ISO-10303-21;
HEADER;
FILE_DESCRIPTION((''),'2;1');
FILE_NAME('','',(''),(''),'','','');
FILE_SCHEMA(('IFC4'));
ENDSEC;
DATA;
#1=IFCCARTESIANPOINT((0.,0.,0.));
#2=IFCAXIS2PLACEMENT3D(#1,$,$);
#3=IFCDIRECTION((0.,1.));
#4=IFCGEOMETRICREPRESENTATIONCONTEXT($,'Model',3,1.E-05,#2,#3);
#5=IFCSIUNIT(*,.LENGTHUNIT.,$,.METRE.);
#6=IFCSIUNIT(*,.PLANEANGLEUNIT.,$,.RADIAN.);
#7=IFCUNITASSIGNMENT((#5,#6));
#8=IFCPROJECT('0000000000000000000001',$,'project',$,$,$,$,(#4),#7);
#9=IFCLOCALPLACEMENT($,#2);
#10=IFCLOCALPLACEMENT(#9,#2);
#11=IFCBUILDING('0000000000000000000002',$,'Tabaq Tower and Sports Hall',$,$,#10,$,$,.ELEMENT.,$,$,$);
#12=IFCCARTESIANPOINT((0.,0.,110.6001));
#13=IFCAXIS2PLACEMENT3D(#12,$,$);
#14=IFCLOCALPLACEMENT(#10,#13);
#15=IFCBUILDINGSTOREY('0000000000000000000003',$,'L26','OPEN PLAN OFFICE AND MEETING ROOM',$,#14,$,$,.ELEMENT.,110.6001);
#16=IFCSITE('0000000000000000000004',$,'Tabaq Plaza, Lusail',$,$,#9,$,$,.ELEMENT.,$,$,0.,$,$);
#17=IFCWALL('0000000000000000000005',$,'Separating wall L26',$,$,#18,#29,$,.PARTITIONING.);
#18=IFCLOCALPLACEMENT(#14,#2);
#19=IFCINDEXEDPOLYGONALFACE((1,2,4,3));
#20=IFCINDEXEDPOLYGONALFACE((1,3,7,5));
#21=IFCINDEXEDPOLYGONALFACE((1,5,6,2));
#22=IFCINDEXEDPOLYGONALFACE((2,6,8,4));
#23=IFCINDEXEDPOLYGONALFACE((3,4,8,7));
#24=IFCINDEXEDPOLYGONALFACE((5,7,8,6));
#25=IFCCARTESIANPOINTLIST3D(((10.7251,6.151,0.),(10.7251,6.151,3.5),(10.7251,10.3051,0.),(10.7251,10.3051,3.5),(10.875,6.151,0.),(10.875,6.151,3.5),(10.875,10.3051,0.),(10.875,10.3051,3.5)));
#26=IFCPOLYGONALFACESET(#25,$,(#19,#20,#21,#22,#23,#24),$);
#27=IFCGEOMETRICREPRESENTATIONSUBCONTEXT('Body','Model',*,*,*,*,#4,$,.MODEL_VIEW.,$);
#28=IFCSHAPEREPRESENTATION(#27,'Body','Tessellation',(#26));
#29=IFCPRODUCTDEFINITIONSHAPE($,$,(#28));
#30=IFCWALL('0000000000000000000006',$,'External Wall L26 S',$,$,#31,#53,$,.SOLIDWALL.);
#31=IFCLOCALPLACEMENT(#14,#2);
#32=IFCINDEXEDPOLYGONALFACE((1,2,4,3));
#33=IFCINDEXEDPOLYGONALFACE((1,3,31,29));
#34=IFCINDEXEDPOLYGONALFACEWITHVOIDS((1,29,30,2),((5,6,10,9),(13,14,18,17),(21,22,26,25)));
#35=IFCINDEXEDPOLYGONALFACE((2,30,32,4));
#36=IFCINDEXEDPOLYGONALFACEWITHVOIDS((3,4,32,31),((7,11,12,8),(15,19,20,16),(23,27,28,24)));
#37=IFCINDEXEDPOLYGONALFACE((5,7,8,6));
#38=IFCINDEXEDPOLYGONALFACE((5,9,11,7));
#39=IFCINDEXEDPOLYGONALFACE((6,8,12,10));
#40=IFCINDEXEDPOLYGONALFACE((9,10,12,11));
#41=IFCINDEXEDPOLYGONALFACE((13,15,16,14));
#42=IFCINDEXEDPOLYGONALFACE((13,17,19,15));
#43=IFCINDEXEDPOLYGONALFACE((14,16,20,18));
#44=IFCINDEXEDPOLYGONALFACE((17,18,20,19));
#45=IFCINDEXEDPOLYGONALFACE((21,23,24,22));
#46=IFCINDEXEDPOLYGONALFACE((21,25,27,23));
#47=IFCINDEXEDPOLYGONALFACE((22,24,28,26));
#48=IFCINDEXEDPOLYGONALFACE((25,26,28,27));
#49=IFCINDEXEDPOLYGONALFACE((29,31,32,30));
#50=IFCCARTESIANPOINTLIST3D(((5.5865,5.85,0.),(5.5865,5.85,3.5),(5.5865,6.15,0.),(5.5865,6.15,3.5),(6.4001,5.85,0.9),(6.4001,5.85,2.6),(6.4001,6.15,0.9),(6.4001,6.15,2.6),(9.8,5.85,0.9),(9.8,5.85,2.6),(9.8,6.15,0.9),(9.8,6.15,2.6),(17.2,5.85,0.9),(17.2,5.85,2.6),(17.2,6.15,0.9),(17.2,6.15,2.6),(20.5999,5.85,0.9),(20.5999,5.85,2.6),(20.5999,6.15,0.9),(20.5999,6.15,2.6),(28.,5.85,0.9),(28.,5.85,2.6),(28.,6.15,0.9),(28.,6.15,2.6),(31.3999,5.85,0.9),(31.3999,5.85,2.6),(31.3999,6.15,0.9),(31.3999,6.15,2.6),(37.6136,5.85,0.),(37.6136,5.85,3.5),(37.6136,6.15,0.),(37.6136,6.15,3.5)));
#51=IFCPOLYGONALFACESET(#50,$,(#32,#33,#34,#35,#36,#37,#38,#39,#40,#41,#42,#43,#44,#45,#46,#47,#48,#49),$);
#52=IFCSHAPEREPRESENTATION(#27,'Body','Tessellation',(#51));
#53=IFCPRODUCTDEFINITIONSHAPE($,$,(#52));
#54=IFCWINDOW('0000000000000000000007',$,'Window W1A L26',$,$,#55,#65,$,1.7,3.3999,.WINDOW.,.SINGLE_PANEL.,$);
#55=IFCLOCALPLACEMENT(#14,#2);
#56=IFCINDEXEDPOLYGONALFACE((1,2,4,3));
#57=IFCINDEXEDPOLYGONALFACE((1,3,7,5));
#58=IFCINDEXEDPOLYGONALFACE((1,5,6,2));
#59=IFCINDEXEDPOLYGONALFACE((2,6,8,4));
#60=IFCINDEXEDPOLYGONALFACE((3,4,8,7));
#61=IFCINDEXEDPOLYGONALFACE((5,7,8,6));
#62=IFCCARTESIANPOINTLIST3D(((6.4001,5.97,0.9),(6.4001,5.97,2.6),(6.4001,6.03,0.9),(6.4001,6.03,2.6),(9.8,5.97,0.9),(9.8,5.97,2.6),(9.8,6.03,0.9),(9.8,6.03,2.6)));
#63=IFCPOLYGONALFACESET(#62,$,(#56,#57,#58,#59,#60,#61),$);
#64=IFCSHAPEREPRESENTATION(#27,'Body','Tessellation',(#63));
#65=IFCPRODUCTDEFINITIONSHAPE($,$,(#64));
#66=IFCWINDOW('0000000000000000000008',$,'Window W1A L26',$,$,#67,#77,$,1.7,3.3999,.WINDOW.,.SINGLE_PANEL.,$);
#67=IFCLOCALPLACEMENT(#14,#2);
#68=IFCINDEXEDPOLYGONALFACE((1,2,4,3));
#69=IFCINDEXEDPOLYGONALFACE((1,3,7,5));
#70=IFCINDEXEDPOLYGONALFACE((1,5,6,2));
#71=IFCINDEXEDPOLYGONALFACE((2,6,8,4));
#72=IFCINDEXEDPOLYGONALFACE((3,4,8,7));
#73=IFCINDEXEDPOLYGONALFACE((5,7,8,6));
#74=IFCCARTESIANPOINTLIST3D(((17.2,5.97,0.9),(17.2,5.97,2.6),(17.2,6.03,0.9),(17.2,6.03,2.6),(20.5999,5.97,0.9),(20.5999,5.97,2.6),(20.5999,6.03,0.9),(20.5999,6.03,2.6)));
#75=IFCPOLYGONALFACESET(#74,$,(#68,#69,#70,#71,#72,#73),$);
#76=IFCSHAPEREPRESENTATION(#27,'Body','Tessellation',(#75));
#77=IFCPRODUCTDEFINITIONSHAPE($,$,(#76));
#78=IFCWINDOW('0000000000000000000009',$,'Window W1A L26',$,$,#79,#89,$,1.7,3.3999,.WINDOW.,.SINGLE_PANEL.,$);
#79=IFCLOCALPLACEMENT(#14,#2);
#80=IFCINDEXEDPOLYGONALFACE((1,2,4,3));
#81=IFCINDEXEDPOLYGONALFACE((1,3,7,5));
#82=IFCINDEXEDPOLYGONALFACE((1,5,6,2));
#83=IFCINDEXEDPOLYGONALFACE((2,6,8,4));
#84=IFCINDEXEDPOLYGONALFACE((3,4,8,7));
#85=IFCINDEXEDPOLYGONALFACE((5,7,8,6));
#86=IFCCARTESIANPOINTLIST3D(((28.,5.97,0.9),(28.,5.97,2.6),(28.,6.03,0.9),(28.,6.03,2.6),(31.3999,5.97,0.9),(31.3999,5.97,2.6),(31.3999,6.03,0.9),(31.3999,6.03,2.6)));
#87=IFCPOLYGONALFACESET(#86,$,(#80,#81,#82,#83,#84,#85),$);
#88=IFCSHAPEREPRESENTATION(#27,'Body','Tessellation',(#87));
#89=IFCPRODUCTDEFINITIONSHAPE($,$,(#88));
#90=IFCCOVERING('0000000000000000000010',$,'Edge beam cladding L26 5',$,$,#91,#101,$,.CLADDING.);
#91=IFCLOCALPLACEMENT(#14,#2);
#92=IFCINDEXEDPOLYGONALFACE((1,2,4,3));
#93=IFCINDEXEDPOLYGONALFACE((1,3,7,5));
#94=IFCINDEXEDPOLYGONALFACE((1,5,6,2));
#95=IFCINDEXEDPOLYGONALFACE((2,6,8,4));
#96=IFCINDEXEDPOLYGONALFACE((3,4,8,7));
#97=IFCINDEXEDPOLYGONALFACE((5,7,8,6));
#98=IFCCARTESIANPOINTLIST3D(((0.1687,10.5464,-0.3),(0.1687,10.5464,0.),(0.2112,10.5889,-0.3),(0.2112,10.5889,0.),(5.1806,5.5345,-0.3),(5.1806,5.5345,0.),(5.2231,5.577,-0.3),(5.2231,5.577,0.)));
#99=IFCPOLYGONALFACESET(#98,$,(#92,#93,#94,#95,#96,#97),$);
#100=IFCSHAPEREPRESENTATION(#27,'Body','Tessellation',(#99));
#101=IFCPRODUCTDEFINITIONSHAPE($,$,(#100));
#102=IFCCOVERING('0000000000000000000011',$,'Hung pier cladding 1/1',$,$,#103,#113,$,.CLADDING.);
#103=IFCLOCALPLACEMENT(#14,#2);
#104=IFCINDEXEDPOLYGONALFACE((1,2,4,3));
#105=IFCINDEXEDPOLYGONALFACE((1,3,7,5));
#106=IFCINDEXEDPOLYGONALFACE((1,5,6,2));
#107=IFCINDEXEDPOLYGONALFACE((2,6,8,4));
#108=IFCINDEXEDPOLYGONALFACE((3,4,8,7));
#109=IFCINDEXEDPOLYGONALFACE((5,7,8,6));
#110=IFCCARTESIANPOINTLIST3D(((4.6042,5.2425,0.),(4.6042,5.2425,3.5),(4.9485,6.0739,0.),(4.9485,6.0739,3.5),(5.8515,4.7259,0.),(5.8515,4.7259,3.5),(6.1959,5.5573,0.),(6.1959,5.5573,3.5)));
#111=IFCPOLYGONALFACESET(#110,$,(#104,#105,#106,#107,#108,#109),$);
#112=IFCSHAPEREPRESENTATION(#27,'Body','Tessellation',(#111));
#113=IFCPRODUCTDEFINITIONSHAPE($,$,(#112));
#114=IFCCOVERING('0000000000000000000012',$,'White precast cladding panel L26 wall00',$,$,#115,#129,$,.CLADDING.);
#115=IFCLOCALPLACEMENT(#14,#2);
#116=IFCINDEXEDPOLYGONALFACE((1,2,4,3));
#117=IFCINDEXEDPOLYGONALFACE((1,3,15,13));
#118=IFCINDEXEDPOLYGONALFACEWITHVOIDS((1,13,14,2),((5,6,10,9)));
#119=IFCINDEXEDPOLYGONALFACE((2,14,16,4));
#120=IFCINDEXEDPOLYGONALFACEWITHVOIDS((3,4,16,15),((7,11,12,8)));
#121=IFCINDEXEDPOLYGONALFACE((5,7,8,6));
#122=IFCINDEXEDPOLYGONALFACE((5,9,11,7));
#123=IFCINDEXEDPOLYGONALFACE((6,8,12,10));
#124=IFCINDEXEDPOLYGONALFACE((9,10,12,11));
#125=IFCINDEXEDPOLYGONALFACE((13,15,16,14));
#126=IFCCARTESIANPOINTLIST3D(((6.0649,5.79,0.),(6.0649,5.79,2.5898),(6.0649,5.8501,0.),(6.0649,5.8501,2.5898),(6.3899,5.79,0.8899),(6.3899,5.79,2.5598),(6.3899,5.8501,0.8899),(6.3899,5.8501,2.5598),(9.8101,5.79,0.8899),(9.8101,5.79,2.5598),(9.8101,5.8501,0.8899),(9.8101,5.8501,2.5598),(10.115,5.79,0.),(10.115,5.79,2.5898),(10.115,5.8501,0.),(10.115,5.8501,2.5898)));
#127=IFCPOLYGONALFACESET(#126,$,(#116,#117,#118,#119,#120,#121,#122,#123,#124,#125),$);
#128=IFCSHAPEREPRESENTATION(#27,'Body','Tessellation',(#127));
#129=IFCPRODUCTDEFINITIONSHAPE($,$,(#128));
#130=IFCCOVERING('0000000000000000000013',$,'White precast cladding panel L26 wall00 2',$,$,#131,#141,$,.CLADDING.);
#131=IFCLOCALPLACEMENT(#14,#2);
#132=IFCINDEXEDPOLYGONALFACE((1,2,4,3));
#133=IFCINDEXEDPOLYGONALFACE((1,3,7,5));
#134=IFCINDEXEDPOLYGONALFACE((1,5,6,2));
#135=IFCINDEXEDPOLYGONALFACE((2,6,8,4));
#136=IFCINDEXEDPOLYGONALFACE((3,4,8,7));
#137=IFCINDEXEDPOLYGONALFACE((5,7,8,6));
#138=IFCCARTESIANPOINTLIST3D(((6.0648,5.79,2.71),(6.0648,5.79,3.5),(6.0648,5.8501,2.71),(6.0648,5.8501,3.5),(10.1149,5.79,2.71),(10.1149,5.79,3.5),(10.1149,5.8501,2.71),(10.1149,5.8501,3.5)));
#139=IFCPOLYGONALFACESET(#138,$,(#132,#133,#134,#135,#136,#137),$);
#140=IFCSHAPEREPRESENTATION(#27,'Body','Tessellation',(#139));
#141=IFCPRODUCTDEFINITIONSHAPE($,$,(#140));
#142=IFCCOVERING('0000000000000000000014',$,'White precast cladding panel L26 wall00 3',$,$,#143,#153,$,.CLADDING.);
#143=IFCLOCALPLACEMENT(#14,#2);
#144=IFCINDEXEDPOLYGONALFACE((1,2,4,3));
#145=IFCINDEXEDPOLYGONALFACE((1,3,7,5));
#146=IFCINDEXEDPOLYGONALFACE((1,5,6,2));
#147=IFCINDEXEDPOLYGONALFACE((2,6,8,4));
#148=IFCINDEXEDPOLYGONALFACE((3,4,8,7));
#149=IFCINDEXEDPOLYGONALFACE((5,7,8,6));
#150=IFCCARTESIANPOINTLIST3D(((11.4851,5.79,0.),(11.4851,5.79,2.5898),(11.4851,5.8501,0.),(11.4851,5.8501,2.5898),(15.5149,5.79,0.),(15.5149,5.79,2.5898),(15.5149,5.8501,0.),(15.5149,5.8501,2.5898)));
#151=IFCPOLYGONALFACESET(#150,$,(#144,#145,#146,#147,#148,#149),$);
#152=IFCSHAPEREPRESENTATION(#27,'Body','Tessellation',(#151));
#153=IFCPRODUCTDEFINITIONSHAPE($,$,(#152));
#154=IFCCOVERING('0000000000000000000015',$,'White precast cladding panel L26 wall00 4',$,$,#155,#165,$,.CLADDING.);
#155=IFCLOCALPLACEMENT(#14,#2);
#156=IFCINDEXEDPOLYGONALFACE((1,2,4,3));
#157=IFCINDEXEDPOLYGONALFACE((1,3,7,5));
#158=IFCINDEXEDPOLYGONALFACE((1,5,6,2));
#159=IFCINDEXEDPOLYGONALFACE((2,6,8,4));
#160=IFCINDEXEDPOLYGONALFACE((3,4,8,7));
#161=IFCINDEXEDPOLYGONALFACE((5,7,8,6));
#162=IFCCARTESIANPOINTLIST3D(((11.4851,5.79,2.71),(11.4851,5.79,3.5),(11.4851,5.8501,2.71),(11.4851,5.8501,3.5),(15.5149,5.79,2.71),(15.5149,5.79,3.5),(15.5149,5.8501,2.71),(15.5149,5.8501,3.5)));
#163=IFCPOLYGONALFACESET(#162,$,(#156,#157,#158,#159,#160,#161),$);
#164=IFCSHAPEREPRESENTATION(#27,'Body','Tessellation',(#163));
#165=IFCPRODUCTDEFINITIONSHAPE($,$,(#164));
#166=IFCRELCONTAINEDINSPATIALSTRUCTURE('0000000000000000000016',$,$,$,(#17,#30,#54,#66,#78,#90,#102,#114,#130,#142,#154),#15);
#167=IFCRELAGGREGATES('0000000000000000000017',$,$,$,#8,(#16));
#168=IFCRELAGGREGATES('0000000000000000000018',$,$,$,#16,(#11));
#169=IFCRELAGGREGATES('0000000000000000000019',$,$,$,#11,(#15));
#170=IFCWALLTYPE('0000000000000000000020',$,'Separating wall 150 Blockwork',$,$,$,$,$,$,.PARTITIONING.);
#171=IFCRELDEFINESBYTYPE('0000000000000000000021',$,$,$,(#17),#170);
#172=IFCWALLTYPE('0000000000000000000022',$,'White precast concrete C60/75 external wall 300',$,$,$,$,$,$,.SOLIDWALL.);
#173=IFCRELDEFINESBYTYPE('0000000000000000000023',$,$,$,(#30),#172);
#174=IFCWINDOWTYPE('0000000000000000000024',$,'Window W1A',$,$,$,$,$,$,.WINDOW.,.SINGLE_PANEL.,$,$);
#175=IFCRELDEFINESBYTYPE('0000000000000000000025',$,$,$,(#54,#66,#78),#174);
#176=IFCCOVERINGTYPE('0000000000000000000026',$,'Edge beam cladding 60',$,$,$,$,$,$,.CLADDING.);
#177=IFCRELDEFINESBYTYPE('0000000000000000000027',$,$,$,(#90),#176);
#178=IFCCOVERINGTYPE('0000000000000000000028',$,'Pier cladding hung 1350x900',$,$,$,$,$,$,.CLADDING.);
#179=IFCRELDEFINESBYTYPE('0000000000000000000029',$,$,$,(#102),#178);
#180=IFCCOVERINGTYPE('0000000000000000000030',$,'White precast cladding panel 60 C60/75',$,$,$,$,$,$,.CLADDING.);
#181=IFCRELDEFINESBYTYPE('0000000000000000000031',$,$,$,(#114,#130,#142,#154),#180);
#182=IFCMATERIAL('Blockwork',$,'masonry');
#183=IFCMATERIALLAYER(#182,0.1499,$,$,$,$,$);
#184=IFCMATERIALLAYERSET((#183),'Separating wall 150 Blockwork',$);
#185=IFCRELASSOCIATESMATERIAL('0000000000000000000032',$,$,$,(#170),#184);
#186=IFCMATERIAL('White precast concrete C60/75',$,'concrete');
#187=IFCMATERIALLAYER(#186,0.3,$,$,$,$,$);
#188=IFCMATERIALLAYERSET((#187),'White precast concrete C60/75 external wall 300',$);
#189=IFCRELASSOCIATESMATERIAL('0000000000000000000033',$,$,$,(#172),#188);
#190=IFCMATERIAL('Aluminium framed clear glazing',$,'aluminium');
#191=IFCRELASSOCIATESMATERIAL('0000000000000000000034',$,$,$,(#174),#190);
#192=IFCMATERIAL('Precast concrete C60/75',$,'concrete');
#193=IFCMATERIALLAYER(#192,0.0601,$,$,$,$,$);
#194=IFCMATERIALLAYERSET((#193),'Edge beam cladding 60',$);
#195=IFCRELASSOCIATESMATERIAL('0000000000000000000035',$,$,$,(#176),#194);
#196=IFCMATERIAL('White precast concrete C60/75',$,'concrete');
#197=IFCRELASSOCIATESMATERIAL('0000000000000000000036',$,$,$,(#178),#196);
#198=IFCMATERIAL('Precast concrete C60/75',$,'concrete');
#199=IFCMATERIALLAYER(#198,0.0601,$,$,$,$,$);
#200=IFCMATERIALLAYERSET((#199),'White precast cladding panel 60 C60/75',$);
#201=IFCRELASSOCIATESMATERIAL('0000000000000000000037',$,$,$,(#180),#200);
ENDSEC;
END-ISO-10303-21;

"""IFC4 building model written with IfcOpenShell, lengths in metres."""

from ifc_helpers import new_model, si_unit, direction, frame, frame_2d, origin, place, context, subcontext, project, spatial, polyline, rectangle, outline, extrude, material, layer, layer_set, type_object, element, fill, save


model = new_model("IFC4")

# Units and contexts
model_context = context("Model", 3, precision=1e-05, world=origin(), true_north=direction((0.0, 1.0)))
body_context = subcontext(model_context, "Body", "Model", "MODEL_VIEW")
ifc_project = project(units=[si_unit("LENGTHUNIT", "METRE"), si_unit("PLANEANGLEUNIT", "RADIAN")], contexts=[model_context])

# Site, building, storey
site_placement = place(None, origin())
site = spatial("IfcSite", under=ifc_project, at=site_placement, Name="Tabaq Plaza, Lusail", CompositionType="ELEMENT", RefElevation=0.0)
building_placement = place(site_placement, origin())
building = spatial("IfcBuilding", under=site, at=building_placement, Name="Tabaq Tower and Sports Hall", CompositionType="ELEMENT")
storey_placement = place(building_placement, frame((0.0, 0.0, 110.6001)))
storey = spatial("IfcBuildingStorey", under=building, at=storey_placement, Name="L26", Description="OPEN PLAN OFFICE AND MEETING ROOM", CompositionType="ELEMENT", Elevation=110.6001)

# Wall
ifc_material_1 = material(Name="Blockwork", Category="masonry")
ifc_layer_1 = layer(ifc_material_1, 0.1499)
ifc_layer_set_1 = layer_set([ifc_layer_1], Name="Separating wall 150 Blockwork")
wall_type_1 = type_object("IfcWallType", Name="Separating wall 150 Blockwork", PredefinedType="PARTITIONING", material=ifc_layer_set_1)
wall_1_placement = place(storey_placement, frame((10.8, 6.1509, 0.0), z_axis=(0.0, 0.0, 1.0), x_axis=(0.0, 1.0, 0.0)))
element("IfcWall", 1, at=wall_1_placement, inside=storey, type_object=wall_type_1, Name="Separating wall L26", PredefinedType="PARTITIONING", context=body_context, shape_type="SweptSolid", body=[
    extrude(rectangle(XDim=4.1541, YDim=0.1499, at=frame_2d((2.0771, 0.0))), origin(), (0.0, 0.0, 1.0), 3.5),
])

# Wall, openings, windows
ifc_material_2 = material(Name="White precast concrete C60/75", Category="concrete")
ifc_layer_2 = layer(ifc_material_2, 0.3)
ifc_layer_set_2 = layer_set([ifc_layer_2], Name="White precast concrete C60/75 external wall 300")
wall_type_2 = type_object("IfcWallType", Name="White precast concrete C60/75 external wall 300", PredefinedType="SOLIDWALL", material=ifc_layer_set_2)
wall_2_placement = place(storey_placement, frame((5.5864, 6.0, 0.0), z_axis=(0.0, 0.0, 1.0), x_axis=(1.0, 0.0, 0.0)))
wall_2 = element("IfcWall", 2, at=wall_2_placement, inside=storey, type_object=wall_type_2, Name="External Wall L26 S", PredefinedType="SOLIDWALL", context=body_context, shape_type="SweptSolid", body=[
    extrude(rectangle(XDim=32.0271, YDim=0.3, at=frame_2d((16.0137, 0.0))), origin(), (0.0, 0.0, 1.0), 3.5),
])
opening_1_placement = place(wall_2_placement, frame((0.8137, 0.0, 0.8999)))
opening_1 = element("IfcOpeningElement", 3, at=opening_1_placement, cuts=wall_2, PredefinedType="OPENING", context=body_context, shape_type="SweptSolid", body=[
    extrude(rectangle(XDim=3.3999, YDim=1.7, at=frame_2d((1.7, 0.8501))), frame((0.0, 0.1602, 0.0), z_axis=(0.0, -1.0, 0.0), x_axis=(1.0, 0.0, 0.0)), (0.0, 0.0, 1.0), 0.3201),
])
opening_2_placement = place(wall_2_placement, frame((11.6135, 0.0, 0.8999)))
opening_2 = element("IfcOpeningElement", 4, at=opening_2_placement, cuts=wall_2, PredefinedType="OPENING", context=body_context, shape_type="SweptSolid", body=[
    extrude(rectangle(XDim=3.3999, YDim=1.7, at=frame_2d((1.7, 0.8501))), frame((0.0, 0.1602, 0.0), z_axis=(0.0, -1.0, 0.0), x_axis=(1.0, 0.0, 0.0)), (0.0, 0.0, 1.0), 0.3201),
])
opening_3_placement = place(wall_2_placement, frame((22.4136, 0.0, 0.8999)))
opening_3 = element("IfcOpeningElement", 5, at=opening_3_placement, cuts=wall_2, PredefinedType="OPENING", context=body_context, shape_type="SweptSolid", body=[
    extrude(rectangle(XDim=3.3999, YDim=1.7, at=frame_2d((1.7, 0.8501))), frame((0.0, 0.1602, 0.0), z_axis=(0.0, -1.0, 0.0), x_axis=(1.0, 0.0, 0.0)), (0.0, 0.0, 1.0), 0.3201),
])
ifc_material_3 = material(Name="Aluminium framed clear glazing", Category="aluminium")
window_type = type_object("IfcWindowType", Name="Window W1A", PartitioningType="SINGLE_PANEL", PredefinedType="WINDOW", material=ifc_material_3)
window_1_placement = place(opening_1_placement, origin())
window_1 = element("IfcWindow", 6, at=window_1_placement, inside=storey, type_object=window_type, Name="Window W1A L26", OverallHeight=1.7, OverallWidth=3.3999, PartitioningType="SINGLE_PANEL", PredefinedType="WINDOW", context=body_context, shape_type="SweptSolid", body=[
    extrude(rectangle(XDim=3.3999, YDim=1.7, at=frame_2d((1.7, 0.8501))), frame((0.0, 0.03, 0.0), z_axis=(0.0, -1.0, 0.0), x_axis=(1.0, 0.0, 0.0)), (0.0, 0.0, 1.0), 0.0601),
])
fill(opening_1, window_1)
window_2_placement = place(opening_2_placement, origin())
window_2 = element("IfcWindow", 7, at=window_2_placement, inside=storey, type_object=window_type, Name="Window W1A L26", OverallHeight=1.7, OverallWidth=3.3999, PartitioningType="SINGLE_PANEL", PredefinedType="WINDOW", context=body_context, shape_type="SweptSolid", body=[
    extrude(rectangle(XDim=3.3999, YDim=1.7, at=frame_2d((1.7, 0.8501))), frame((0.0, 0.03, 0.0), z_axis=(0.0, -1.0, 0.0), x_axis=(1.0, 0.0, 0.0)), (0.0, 0.0, 1.0), 0.0601),
])
fill(opening_2, window_2)
window_3_placement = place(opening_3_placement, origin())
window_3 = element("IfcWindow", 8, at=window_3_placement, inside=storey, type_object=window_type, Name="Window W1A L26", OverallHeight=1.7, OverallWidth=3.3999, PartitioningType="SINGLE_PANEL", PredefinedType="WINDOW", context=body_context, shape_type="SweptSolid", body=[
    extrude(rectangle(XDim=3.3999, YDim=1.7, at=frame_2d((1.7, 0.8501))), frame((0.0, 0.03, 0.0), z_axis=(0.0, -1.0, 0.0), x_axis=(1.0, 0.0, 0.0)), (0.0, 0.0, 1.0), 0.0601),
])
fill(opening_3, window_3)

# Coverings
ifc_material_4 = material(Name="Precast concrete C60/75", Category="concrete")
ifc_layer_3 = layer(ifc_material_4, 0.0601)
ifc_layer_set_3 = layer_set([ifc_layer_3], Name="Edge beam cladding 60")
covering_type_1 = type_object("IfcCoveringType", Name="Edge beam cladding 60", PredefinedType="CLADDING", material=ifc_layer_set_3)
covering_1_placement = place(storey_placement, frame((0.1899, 10.5676, -0.3), z_axis=(0.0, 0.0, 1.0), x_axis=(0.707107, -0.707107, 0.0)))
element("IfcCovering", 9, at=covering_1_placement, inside=storey, type_object=covering_type_1, Name="Edge beam cladding L26 5", PredefinedType="CLADDING", context=body_context, shape_type="SweptSolid", body=[
    extrude(rectangle(XDim=7.0879, YDim=0.0601, at=frame_2d((3.5439, 0.0))), origin(), (0.0, 0.0, 1.0), 0.3),
])
ifc_material_5 = material(Name="White precast concrete C60/75", Category="concrete")
covering_type_2 = type_object("IfcCoveringType", Name="Pier cladding hung 1350x900", PredefinedType="CLADDING", material=ifc_material_5)
covering_2_placement = place(storey_placement, frame((4.7764, 5.6582, 0.0), z_axis=(0.0, 0.0, 1.0), x_axis=(0.923893, -0.38265, 0.0)))
element("IfcCovering", 10, at=covering_2_placement, inside=storey, type_object=covering_type_2, Name="Hung pier cladding 1/1", PredefinedType="CLADDING", context=body_context, shape_type="SweptSolid", body=[
    extrude(rectangle(XDim=1.3501, YDim=0.8999, at=frame_2d((0.675, 0.0))), origin(), (0.0, 0.0, 1.0), 3.5),
])
ifc_material_6 = material(Name="Precast concrete C60/75", Category="concrete")
ifc_layer_4 = layer(ifc_material_6, 0.0601)
ifc_layer_set_4 = layer_set([ifc_layer_4], Name="White precast cladding panel 60 C60/75")
covering_type_3 = type_object("IfcCoveringType", Name="White precast cladding panel 60 C60/75", PredefinedType="CLADDING", material=ifc_layer_set_4)
covering_3_placement = place(storey_placement, frame((6.0649, 5.8201, 0.0), z_axis=(0.0, 0.0, 1.0), x_axis=(1.0, 0.0, 0.0)))
element("IfcCovering", 11, at=covering_3_placement, inside=storey, type_object=covering_type_3, Name="White precast cladding panel L26 wall00", PredefinedType="CLADDING", context=body_context, shape_type="SweptSolid", body=[
    extrude(outline(polyline([(0.0, 0.0), (4.05, 0.0), (4.05, 2.5898), (0.0, 2.5898), (0.0, 0.0)]), holes=[polyline([(3.7451, 0.8899), (0.325, 0.8899), (0.325, 2.5598), (3.7451, 2.5598), (3.7451, 0.8899)])]), frame((0.0, 0.03, 0.0), z_axis=(0.0, -1.0, 0.0), x_axis=(1.0, 0.0, 0.0)), (0.0, 0.0, 1.0), 0.0601),
])
covering_4_placement = place(storey_placement, frame((6.0649, 5.8201, 2.71), z_axis=(0.0, 0.0, 1.0), x_axis=(1.0, 0.0, 0.0)))
element("IfcCovering", 12, at=covering_4_placement, inside=storey, type_object=covering_type_3, Name="White precast cladding panel L26 wall00 2", PredefinedType="CLADDING", context=body_context, shape_type="SweptSolid", body=[
    extrude(rectangle(XDim=4.05, YDim=0.0601, at=frame_2d((2.0249, 0.0))), origin(), (0.0, 0.0, 1.0), 0.79),
])
covering_5_placement = place(storey_placement, frame((11.4851, 5.8201, 0.0), z_axis=(0.0, 0.0, 1.0), x_axis=(1.0, 0.0, 0.0)))
element("IfcCovering", 13, at=covering_5_placement, inside=storey, type_object=covering_type_3, Name="White precast cladding panel L26 wall00 3", PredefinedType="CLADDING", context=body_context, shape_type="SweptSolid", body=[
    extrude(rectangle(XDim=4.0298, YDim=0.0601, at=frame_2d((2.0149, 0.0))), origin(), (0.0, 0.0, 1.0), 2.5898),
])
covering_6_placement = place(storey_placement, frame((11.4851, 5.8201, 2.71), z_axis=(0.0, 0.0, 1.0), x_axis=(1.0, 0.0, 0.0)))
element("IfcCovering", 14, at=covering_6_placement, inside=storey, type_object=covering_type_3, Name="White precast cladding panel L26 wall00 4", PredefinedType="CLADDING", context=body_context, shape_type="SweptSolid", body=[
    extrude(rectangle(XDim=4.0298, YDim=0.0601, at=frame_2d((2.0149, 0.0))), origin(), (0.0, 0.0, 1.0), 0.79),
])

save(model, "model.ifc")
